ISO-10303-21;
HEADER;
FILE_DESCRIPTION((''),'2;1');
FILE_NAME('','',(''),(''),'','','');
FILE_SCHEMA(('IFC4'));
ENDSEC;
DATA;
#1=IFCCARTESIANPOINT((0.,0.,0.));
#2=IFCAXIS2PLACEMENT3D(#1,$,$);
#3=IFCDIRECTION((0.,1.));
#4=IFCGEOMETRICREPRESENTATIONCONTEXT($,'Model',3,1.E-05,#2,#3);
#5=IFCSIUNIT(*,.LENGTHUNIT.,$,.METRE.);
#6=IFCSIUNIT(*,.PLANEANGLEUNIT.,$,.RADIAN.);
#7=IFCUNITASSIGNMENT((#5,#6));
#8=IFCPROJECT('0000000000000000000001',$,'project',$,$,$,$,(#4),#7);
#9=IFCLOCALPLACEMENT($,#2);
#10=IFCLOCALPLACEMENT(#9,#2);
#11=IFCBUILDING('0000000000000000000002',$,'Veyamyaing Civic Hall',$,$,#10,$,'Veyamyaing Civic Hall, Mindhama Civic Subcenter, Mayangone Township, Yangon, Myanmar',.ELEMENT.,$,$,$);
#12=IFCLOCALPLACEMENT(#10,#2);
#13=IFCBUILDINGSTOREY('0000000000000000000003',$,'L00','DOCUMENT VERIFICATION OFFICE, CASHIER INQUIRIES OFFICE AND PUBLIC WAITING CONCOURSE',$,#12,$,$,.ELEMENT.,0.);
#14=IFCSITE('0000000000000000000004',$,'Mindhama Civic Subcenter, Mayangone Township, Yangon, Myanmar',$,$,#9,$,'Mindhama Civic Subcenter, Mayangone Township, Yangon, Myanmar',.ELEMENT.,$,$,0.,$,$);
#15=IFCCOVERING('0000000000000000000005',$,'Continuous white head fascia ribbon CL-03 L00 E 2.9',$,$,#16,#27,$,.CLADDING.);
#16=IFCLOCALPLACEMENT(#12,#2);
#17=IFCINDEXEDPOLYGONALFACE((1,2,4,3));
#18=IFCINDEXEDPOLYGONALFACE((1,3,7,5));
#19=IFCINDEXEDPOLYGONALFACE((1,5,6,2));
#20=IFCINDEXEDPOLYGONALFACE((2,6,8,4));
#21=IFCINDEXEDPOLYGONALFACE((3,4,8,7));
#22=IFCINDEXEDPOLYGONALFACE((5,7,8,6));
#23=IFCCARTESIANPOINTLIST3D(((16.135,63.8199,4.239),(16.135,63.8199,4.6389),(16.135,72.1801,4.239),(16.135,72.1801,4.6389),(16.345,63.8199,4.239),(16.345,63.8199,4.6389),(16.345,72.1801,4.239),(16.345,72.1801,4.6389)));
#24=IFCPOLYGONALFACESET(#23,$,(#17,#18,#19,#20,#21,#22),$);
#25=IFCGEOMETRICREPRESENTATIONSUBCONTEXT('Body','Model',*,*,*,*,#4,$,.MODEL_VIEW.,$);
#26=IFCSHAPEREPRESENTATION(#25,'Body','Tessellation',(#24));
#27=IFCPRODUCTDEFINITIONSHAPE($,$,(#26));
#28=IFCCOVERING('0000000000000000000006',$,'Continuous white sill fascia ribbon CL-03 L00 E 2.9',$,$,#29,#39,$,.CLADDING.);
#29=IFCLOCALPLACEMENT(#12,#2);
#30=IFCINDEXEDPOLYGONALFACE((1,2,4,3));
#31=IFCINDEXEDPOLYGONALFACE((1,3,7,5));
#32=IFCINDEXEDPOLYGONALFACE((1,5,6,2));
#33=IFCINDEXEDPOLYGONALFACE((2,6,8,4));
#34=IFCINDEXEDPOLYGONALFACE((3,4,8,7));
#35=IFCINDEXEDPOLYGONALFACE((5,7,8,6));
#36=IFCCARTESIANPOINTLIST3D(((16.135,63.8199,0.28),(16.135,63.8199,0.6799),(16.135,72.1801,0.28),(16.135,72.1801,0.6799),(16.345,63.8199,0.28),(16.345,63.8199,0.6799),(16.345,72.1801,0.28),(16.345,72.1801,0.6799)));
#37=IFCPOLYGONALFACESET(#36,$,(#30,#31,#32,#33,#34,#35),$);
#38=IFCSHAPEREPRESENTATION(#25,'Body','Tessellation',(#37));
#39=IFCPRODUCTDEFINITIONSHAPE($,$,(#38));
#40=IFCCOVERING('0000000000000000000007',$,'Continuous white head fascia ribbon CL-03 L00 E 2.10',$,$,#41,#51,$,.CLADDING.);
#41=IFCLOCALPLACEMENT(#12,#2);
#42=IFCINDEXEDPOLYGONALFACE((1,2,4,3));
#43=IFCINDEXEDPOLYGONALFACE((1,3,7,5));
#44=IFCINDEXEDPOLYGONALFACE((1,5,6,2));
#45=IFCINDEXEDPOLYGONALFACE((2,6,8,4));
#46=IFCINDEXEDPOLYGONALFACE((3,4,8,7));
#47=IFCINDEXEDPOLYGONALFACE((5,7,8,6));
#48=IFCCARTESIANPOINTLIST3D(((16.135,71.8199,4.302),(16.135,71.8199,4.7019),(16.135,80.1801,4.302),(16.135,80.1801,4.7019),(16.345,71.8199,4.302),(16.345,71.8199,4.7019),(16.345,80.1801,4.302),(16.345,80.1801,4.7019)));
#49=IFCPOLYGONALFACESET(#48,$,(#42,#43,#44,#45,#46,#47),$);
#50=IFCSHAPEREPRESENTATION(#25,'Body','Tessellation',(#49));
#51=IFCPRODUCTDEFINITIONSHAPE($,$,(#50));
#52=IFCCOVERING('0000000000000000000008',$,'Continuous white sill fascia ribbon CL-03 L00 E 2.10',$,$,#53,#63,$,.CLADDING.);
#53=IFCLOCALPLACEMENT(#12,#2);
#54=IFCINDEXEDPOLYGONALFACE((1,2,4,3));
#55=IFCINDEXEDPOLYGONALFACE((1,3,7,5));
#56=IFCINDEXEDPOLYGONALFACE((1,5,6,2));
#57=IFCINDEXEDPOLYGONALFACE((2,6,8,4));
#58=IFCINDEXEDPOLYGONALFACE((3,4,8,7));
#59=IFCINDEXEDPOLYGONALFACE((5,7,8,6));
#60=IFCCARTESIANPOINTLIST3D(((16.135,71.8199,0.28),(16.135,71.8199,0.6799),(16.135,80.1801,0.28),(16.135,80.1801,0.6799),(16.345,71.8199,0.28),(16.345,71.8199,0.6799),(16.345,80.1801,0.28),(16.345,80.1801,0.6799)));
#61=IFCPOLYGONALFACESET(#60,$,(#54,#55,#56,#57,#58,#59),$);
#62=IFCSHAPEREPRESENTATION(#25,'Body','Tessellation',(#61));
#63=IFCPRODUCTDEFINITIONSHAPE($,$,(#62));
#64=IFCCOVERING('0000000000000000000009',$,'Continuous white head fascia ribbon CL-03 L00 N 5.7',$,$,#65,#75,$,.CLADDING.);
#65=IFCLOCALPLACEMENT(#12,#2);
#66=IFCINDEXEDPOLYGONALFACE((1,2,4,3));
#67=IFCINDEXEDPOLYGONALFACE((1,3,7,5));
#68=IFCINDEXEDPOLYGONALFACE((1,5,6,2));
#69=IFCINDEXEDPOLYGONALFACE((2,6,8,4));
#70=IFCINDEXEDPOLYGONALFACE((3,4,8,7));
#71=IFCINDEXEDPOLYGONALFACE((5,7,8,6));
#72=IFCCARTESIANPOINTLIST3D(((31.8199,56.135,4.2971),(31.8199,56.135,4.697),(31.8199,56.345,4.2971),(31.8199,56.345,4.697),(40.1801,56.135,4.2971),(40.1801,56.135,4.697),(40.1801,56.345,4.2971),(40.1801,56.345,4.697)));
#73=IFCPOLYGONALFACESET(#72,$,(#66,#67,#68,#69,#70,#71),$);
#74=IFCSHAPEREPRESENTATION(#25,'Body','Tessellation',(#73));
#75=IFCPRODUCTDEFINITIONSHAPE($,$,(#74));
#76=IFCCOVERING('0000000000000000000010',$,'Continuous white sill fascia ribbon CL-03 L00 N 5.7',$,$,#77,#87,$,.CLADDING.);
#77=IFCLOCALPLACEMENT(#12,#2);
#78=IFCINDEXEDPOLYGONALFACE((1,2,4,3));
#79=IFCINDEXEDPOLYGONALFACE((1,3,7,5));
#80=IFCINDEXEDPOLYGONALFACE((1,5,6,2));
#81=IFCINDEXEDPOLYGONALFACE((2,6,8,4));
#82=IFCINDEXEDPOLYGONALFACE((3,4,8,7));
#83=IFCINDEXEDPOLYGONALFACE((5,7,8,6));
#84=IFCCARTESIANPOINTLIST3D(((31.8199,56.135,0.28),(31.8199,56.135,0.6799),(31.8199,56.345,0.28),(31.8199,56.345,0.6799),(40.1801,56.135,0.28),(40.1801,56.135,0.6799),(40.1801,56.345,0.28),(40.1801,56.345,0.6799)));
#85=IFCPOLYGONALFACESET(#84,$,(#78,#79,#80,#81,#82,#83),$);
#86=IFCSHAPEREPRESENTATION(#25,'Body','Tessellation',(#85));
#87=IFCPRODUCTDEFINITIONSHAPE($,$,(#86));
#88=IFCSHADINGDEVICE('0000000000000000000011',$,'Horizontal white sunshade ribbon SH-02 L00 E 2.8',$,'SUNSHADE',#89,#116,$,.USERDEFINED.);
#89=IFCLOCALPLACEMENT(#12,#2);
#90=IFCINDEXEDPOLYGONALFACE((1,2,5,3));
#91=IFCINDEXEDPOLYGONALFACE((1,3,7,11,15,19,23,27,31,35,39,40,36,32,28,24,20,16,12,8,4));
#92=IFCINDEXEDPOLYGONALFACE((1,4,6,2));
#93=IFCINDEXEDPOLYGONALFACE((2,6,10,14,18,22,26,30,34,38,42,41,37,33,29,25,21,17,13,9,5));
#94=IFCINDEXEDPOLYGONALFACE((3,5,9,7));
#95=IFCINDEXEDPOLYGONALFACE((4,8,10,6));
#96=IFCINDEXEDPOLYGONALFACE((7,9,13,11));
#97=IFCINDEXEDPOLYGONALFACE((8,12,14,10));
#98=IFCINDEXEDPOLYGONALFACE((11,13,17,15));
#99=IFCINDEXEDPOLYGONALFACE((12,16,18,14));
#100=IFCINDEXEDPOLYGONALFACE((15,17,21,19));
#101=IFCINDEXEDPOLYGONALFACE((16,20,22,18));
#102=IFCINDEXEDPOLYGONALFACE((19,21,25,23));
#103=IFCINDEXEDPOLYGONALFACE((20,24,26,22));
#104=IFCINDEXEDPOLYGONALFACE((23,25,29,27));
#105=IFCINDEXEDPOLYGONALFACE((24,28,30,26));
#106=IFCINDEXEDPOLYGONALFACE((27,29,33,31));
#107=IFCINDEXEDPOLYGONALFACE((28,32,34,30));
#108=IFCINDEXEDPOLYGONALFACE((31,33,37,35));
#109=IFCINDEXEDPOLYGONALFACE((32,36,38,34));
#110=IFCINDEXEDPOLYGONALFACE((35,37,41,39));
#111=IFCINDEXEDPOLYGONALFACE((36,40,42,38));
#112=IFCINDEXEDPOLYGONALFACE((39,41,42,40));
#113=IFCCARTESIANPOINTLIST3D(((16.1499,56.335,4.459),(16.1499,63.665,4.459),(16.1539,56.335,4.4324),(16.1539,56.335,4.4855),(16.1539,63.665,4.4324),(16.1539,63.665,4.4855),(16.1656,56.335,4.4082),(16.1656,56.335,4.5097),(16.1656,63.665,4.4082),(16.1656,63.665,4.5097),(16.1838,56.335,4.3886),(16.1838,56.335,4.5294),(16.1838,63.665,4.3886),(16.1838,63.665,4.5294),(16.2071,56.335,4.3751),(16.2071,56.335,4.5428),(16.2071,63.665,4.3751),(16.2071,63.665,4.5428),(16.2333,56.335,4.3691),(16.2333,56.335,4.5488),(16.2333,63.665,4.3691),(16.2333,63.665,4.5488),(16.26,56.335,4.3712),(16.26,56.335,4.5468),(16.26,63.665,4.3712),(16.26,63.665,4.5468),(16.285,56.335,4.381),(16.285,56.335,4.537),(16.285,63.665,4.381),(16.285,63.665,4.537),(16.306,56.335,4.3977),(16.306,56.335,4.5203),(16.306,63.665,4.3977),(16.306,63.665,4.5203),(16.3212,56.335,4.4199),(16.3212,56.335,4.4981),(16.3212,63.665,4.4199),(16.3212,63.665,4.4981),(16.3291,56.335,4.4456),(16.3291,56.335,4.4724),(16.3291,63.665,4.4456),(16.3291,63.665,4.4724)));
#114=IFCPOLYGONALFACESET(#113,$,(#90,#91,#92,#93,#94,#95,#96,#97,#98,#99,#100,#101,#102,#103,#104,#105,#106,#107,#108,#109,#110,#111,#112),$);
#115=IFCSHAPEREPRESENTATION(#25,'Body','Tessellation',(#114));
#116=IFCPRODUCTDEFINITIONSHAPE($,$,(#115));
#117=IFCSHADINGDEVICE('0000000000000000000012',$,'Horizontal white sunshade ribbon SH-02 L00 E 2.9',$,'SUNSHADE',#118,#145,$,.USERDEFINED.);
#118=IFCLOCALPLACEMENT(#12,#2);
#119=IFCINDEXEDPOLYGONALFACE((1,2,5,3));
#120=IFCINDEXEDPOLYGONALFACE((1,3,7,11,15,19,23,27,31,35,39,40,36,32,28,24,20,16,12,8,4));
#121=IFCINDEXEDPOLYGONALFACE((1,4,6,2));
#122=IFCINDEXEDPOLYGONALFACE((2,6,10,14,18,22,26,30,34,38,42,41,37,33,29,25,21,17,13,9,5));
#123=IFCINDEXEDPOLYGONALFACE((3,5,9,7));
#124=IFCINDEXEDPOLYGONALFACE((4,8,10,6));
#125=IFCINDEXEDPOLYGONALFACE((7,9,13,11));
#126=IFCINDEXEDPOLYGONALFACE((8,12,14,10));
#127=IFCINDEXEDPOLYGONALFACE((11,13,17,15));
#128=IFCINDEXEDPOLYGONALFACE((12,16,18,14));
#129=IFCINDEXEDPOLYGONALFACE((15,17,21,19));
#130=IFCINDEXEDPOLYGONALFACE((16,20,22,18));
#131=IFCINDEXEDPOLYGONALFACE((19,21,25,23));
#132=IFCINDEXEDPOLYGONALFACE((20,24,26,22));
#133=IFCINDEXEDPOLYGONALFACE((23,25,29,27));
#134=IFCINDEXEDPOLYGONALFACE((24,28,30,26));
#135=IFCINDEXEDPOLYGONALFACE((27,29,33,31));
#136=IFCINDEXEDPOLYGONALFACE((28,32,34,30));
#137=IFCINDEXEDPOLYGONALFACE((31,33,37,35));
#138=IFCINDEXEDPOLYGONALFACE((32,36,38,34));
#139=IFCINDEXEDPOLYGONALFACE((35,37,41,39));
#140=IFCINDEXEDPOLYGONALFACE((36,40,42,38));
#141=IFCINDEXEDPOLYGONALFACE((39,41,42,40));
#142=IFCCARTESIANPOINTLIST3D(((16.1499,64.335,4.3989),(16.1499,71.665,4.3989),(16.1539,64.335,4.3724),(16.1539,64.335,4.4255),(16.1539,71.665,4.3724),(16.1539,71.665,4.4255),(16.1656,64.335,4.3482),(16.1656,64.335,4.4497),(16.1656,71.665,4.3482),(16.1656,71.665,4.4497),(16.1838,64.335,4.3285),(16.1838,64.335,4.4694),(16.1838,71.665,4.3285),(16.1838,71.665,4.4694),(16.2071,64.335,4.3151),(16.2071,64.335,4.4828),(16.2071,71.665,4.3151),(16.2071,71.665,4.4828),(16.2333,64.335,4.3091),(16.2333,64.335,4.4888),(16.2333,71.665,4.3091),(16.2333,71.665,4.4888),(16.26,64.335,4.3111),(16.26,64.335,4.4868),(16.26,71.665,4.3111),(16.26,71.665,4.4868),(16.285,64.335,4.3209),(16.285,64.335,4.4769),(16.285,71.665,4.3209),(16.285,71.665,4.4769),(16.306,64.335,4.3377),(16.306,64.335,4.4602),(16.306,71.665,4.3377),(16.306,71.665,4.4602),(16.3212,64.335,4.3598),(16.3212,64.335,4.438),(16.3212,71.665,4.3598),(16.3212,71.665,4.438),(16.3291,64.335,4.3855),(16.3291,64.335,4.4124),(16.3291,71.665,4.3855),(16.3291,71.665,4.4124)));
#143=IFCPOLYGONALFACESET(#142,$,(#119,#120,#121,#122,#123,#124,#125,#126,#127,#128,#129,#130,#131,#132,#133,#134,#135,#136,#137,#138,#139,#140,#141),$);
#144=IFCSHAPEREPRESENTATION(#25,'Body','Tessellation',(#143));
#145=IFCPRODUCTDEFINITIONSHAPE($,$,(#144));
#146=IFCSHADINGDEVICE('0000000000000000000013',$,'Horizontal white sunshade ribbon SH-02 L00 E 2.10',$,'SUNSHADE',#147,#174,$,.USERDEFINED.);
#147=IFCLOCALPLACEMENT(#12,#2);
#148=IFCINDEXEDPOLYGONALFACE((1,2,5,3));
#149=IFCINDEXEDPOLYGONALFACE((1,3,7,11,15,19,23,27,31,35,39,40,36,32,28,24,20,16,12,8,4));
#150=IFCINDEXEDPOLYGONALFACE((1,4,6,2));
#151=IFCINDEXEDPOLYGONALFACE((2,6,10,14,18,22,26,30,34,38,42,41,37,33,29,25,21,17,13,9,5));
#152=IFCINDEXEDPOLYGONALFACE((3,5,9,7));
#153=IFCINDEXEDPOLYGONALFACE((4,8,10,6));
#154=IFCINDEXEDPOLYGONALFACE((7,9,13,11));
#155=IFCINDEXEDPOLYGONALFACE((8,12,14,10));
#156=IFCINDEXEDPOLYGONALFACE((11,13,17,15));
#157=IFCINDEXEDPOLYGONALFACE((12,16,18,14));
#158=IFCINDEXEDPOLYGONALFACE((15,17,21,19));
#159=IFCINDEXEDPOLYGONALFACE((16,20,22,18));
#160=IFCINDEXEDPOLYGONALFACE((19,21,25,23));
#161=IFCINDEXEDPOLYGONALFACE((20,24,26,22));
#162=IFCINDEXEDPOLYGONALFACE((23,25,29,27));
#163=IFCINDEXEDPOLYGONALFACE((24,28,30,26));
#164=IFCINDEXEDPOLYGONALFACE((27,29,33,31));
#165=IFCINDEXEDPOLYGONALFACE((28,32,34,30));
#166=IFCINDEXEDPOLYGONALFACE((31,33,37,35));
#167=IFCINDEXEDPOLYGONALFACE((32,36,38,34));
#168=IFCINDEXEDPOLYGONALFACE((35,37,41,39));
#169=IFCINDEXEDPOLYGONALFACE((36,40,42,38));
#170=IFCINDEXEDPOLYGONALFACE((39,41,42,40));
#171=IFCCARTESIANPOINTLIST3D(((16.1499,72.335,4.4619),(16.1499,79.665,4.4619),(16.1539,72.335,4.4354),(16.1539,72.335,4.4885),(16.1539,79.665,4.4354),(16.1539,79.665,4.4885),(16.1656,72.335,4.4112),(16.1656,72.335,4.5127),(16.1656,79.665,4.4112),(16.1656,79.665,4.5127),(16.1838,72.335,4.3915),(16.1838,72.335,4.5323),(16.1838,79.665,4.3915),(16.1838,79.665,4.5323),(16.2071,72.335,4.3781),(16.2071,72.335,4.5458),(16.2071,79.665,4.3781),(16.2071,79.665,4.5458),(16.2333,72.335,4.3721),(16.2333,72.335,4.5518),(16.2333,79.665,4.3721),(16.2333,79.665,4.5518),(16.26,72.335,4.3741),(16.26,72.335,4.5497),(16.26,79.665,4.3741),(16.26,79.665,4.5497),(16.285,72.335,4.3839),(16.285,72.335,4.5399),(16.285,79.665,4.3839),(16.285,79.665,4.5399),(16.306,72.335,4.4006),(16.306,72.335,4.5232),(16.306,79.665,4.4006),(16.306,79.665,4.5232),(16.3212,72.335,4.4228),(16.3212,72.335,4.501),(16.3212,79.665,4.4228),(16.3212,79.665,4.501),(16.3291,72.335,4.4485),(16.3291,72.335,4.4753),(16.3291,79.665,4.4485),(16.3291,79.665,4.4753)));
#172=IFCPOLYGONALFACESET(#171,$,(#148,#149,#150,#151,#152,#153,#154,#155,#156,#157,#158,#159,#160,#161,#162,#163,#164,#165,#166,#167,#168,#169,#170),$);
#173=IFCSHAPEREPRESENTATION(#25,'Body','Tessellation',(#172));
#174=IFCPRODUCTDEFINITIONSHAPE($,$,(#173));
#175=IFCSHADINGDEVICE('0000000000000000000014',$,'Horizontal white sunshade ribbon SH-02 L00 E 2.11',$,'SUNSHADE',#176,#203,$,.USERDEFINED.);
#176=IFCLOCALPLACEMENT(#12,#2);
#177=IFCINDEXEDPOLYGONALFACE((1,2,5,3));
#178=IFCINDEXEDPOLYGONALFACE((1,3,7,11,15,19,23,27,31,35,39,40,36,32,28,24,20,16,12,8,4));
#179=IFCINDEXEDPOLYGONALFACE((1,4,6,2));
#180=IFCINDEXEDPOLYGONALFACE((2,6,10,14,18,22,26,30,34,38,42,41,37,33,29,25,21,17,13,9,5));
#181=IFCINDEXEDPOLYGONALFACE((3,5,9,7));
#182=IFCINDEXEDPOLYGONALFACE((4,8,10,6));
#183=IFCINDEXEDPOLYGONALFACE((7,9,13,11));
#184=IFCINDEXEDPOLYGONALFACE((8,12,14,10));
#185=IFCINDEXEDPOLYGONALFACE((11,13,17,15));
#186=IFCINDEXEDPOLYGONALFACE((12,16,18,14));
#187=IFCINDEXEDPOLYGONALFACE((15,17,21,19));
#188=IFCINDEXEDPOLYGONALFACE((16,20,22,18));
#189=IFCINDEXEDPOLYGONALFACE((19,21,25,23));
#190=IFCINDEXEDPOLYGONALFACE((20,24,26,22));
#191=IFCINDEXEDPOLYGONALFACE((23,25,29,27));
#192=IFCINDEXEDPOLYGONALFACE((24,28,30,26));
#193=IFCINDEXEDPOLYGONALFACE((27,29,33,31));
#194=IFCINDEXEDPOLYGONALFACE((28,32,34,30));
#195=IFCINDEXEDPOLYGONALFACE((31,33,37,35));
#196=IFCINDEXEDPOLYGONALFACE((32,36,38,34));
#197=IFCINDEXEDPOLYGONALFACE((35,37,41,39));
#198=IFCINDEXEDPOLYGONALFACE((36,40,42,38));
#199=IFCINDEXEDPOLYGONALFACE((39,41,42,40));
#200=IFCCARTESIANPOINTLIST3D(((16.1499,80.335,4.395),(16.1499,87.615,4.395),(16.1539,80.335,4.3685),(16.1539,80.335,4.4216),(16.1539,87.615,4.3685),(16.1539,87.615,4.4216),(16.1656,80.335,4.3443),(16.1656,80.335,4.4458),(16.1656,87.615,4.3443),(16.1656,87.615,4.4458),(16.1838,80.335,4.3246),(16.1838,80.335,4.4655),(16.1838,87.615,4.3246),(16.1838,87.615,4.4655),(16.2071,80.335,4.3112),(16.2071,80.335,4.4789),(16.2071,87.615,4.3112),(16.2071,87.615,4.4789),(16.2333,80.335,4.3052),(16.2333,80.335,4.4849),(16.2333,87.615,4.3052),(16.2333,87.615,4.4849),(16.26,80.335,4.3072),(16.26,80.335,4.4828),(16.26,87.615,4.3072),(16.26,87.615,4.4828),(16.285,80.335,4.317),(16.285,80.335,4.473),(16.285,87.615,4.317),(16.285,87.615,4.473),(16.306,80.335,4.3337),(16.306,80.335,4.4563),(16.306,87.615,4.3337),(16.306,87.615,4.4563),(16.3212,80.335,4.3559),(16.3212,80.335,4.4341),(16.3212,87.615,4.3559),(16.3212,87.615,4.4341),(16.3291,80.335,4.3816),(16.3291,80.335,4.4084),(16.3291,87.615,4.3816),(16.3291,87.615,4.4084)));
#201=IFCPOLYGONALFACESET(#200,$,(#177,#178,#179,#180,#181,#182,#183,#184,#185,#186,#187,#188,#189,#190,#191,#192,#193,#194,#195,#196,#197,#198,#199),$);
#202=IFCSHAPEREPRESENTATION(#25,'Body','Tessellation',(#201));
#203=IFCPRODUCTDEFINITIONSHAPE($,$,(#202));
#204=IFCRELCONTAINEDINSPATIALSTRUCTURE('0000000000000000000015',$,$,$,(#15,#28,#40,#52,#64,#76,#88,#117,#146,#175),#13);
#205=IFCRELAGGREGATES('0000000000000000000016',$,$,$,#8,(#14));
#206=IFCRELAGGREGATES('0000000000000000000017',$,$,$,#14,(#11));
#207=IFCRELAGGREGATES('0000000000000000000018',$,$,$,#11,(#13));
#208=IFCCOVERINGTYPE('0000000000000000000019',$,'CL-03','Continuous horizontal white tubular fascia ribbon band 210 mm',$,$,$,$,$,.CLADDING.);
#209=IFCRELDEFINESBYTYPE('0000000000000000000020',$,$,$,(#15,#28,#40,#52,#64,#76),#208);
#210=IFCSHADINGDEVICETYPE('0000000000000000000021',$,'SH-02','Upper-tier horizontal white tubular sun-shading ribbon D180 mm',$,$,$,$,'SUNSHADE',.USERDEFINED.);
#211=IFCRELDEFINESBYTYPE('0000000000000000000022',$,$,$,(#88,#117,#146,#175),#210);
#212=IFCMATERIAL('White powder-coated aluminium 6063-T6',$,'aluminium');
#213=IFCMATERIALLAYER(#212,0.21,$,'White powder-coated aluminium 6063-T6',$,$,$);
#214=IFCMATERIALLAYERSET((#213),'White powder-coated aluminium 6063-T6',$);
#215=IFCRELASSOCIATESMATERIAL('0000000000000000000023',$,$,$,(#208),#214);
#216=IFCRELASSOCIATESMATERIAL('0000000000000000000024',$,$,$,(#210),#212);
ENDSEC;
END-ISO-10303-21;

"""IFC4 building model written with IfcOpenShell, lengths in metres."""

from ifc_helpers import new_model, si_unit, direction, frame, origin, origin_2d, place, context, subcontext, project, spatial, rectangle, circle, extrude, material, layer, layer_set, material_profile, profile_set, type_object, element, save


model = new_model("IFC4")

# Units and contexts
model_context = context("Model", 3, precision=1e-05, world=origin(), true_north=direction((0.0, 1.0)))
body_context = subcontext(model_context, "Body", "Model", "MODEL_VIEW")
ifc_project = project(units=[si_unit("LENGTHUNIT", "METRE"), si_unit("PLANEANGLEUNIT", "RADIAN")], contexts=[model_context])

# Site, building, storey
site_placement = place(None, origin())
site = spatial("IfcSite", under=ifc_project, at=site_placement, Name="Mindhama Civic Subcenter, Mayangone Township, Yangon, Myanmar", LongName="Mindhama Civic Subcenter, Mayangone Township, Yangon, Myanmar", CompositionType="ELEMENT", RefElevation=0.0)
building_placement = place(site_placement, origin())
building = spatial("IfcBuilding", under=site, at=building_placement, Name="Veyamyaing Civic Hall", LongName="Veyamyaing Civic Hall, Mindhama Civic Subcenter, Mayangone Township, Yangon, Myanmar", CompositionType="ELEMENT")
storey_placement = place(building_placement, origin())
storey = spatial("IfcBuildingStorey", under=building, at=storey_placement, Name="L00", Description="DOCUMENT VERIFICATION OFFICE, CASHIER INQUIRIES OFFICE AND PUBLIC WAITING CONCOURSE", CompositionType="ELEMENT", Elevation=0.0)

# Coverings
ifc_material_1 = material(Name="White powder-coated aluminium 6063-T6", Category="aluminium")
ifc_layer_1 = layer(ifc_material_1, 0.21, Name="White powder-coated aluminium 6063-T6")
ifc_layer_set_1 = layer_set([ifc_layer_1], Name="White powder-coated aluminium 6063-T6")
covering_type_1 = type_object("IfcCoveringType", Name="CL-03", Description="Continuous horizontal white tubular fascia ribbon band 210 mm", PredefinedType="CLADDING", material=ifc_layer_set_1)
for number, where, z_axis, x_axis, name in (
    (1, (16.24, 68.0, 4.239), (0.0, 0.0, 1.0), (0.0, 1.0, 0.0), "Continuous white head fascia ribbon CL-03 L00 E 2.9"),
    (2, (16.24, 68.0, 0.28), (0.0, 0.0, 1.0), (0.0, 1.0, 0.0), "Continuous white sill fascia ribbon CL-03 L00 E 2.9"),
    (3, (16.24, 76.0, 4.302), (0.0, 0.0, 1.0), (0.0, 1.0, 0.0), "Continuous white head fascia ribbon CL-03 L00 E 2.10"),
    (4, (16.24, 76.0, 0.28), (0.0, 0.0, 1.0), (0.0, 1.0, 0.0), "Continuous white sill fascia ribbon CL-03 L00 E 2.10"),
    (5, (36.0, 56.24, 4.2971), (0.0, 0.0, 1.0), (1.0, 0.0, 0.0), "Continuous white head fascia ribbon CL-03 L00 N 5.7"),
    (6, (36.0, 56.24, 0.28), (0.0, 0.0, 1.0), (1.0, 0.0, 0.0), "Continuous white sill fascia ribbon CL-03 L00 N 5.7"),
):
    element("IfcCovering", number, at=place(storey_placement, frame(where, z_axis=z_axis, x_axis=x_axis)), inside=storey, type_object=covering_type_1, Name=name, PredefinedType="CLADDING", context=body_context, shape_type="SweptSolid", body=[
        extrude(rectangle(XDim=8.3601, YDim=0.21, at=origin_2d()), origin(), (0.0, 0.0, 1.0), 0.3999),
    ])

# Shading devices
ifc_material_profile_1 = material_profile(ifc_material_1, circle(Radius=0.0901, at=origin_2d()), Name="SHADE-TUBE-180")
ifc_profile_set_1 = profile_set([ifc_material_profile_1], Name="White powder-coated aluminium 6063-T6")
shading_device_type = type_object("IfcShadingDeviceType", Name="SH-02", Description="Upper-tier horizontal white tubular sun-shading ribbon D180 mm", ElementType="SUNSHADE", PredefinedType="USERDEFINED", material=ifc_profile_set_1)
for number, where, z_axis, x_axis, name in (
    (7, (16.24, 56.335, 4.459), (0.0, 1.0, 0.0), (-1.0, 0.0, 0.0), "Horizontal white sunshade ribbon SH-02 L00 E 2.8"),
    (8, (16.24, 64.335, 4.3989), (0.0, 1.0, 0.0), (-1.0, 0.0, 0.0), "Horizontal white sunshade ribbon SH-02 L00 E 2.9"),
    (9, (16.24, 72.335, 4.4619), (0.0, 1.0, 0.0), (-1.0, 0.0, 0.0), "Horizontal white sunshade ribbon SH-02 L00 E 2.10"),
):
    element("IfcShadingDevice", number, at=place(storey_placement, frame(where, z_axis=z_axis, x_axis=x_axis)), inside=storey, type_object=shading_device_type, Name=name, ObjectType="SUNSHADE", PredefinedType="USERDEFINED", context=body_context, shape_type="SweptSolid", body=[
        extrude(circle(Radius=0.0901, at=origin_2d()), origin(), (0.0, 0.0, 1.0), 7.3301),
    ])
shading_device_1_placement = place(storey_placement, frame((16.24, 80.335, 4.395), z_axis=(0.0, 1.0, 0.0), x_axis=(-1.0, 0.0, 0.0)))
element("IfcShadingDevice", 10, at=shading_device_1_placement, inside=storey, type_object=shading_device_type, Name="Horizontal white sunshade ribbon SH-02 L00 E 2.11", ObjectType="SUNSHADE", PredefinedType="USERDEFINED", context=body_context, shape_type="SweptSolid", body=[
    extrude(circle(Radius=0.0901, at=origin_2d()), origin(), (0.0, 0.0, 1.0), 7.28),
])

save(model, "model.ifc")
